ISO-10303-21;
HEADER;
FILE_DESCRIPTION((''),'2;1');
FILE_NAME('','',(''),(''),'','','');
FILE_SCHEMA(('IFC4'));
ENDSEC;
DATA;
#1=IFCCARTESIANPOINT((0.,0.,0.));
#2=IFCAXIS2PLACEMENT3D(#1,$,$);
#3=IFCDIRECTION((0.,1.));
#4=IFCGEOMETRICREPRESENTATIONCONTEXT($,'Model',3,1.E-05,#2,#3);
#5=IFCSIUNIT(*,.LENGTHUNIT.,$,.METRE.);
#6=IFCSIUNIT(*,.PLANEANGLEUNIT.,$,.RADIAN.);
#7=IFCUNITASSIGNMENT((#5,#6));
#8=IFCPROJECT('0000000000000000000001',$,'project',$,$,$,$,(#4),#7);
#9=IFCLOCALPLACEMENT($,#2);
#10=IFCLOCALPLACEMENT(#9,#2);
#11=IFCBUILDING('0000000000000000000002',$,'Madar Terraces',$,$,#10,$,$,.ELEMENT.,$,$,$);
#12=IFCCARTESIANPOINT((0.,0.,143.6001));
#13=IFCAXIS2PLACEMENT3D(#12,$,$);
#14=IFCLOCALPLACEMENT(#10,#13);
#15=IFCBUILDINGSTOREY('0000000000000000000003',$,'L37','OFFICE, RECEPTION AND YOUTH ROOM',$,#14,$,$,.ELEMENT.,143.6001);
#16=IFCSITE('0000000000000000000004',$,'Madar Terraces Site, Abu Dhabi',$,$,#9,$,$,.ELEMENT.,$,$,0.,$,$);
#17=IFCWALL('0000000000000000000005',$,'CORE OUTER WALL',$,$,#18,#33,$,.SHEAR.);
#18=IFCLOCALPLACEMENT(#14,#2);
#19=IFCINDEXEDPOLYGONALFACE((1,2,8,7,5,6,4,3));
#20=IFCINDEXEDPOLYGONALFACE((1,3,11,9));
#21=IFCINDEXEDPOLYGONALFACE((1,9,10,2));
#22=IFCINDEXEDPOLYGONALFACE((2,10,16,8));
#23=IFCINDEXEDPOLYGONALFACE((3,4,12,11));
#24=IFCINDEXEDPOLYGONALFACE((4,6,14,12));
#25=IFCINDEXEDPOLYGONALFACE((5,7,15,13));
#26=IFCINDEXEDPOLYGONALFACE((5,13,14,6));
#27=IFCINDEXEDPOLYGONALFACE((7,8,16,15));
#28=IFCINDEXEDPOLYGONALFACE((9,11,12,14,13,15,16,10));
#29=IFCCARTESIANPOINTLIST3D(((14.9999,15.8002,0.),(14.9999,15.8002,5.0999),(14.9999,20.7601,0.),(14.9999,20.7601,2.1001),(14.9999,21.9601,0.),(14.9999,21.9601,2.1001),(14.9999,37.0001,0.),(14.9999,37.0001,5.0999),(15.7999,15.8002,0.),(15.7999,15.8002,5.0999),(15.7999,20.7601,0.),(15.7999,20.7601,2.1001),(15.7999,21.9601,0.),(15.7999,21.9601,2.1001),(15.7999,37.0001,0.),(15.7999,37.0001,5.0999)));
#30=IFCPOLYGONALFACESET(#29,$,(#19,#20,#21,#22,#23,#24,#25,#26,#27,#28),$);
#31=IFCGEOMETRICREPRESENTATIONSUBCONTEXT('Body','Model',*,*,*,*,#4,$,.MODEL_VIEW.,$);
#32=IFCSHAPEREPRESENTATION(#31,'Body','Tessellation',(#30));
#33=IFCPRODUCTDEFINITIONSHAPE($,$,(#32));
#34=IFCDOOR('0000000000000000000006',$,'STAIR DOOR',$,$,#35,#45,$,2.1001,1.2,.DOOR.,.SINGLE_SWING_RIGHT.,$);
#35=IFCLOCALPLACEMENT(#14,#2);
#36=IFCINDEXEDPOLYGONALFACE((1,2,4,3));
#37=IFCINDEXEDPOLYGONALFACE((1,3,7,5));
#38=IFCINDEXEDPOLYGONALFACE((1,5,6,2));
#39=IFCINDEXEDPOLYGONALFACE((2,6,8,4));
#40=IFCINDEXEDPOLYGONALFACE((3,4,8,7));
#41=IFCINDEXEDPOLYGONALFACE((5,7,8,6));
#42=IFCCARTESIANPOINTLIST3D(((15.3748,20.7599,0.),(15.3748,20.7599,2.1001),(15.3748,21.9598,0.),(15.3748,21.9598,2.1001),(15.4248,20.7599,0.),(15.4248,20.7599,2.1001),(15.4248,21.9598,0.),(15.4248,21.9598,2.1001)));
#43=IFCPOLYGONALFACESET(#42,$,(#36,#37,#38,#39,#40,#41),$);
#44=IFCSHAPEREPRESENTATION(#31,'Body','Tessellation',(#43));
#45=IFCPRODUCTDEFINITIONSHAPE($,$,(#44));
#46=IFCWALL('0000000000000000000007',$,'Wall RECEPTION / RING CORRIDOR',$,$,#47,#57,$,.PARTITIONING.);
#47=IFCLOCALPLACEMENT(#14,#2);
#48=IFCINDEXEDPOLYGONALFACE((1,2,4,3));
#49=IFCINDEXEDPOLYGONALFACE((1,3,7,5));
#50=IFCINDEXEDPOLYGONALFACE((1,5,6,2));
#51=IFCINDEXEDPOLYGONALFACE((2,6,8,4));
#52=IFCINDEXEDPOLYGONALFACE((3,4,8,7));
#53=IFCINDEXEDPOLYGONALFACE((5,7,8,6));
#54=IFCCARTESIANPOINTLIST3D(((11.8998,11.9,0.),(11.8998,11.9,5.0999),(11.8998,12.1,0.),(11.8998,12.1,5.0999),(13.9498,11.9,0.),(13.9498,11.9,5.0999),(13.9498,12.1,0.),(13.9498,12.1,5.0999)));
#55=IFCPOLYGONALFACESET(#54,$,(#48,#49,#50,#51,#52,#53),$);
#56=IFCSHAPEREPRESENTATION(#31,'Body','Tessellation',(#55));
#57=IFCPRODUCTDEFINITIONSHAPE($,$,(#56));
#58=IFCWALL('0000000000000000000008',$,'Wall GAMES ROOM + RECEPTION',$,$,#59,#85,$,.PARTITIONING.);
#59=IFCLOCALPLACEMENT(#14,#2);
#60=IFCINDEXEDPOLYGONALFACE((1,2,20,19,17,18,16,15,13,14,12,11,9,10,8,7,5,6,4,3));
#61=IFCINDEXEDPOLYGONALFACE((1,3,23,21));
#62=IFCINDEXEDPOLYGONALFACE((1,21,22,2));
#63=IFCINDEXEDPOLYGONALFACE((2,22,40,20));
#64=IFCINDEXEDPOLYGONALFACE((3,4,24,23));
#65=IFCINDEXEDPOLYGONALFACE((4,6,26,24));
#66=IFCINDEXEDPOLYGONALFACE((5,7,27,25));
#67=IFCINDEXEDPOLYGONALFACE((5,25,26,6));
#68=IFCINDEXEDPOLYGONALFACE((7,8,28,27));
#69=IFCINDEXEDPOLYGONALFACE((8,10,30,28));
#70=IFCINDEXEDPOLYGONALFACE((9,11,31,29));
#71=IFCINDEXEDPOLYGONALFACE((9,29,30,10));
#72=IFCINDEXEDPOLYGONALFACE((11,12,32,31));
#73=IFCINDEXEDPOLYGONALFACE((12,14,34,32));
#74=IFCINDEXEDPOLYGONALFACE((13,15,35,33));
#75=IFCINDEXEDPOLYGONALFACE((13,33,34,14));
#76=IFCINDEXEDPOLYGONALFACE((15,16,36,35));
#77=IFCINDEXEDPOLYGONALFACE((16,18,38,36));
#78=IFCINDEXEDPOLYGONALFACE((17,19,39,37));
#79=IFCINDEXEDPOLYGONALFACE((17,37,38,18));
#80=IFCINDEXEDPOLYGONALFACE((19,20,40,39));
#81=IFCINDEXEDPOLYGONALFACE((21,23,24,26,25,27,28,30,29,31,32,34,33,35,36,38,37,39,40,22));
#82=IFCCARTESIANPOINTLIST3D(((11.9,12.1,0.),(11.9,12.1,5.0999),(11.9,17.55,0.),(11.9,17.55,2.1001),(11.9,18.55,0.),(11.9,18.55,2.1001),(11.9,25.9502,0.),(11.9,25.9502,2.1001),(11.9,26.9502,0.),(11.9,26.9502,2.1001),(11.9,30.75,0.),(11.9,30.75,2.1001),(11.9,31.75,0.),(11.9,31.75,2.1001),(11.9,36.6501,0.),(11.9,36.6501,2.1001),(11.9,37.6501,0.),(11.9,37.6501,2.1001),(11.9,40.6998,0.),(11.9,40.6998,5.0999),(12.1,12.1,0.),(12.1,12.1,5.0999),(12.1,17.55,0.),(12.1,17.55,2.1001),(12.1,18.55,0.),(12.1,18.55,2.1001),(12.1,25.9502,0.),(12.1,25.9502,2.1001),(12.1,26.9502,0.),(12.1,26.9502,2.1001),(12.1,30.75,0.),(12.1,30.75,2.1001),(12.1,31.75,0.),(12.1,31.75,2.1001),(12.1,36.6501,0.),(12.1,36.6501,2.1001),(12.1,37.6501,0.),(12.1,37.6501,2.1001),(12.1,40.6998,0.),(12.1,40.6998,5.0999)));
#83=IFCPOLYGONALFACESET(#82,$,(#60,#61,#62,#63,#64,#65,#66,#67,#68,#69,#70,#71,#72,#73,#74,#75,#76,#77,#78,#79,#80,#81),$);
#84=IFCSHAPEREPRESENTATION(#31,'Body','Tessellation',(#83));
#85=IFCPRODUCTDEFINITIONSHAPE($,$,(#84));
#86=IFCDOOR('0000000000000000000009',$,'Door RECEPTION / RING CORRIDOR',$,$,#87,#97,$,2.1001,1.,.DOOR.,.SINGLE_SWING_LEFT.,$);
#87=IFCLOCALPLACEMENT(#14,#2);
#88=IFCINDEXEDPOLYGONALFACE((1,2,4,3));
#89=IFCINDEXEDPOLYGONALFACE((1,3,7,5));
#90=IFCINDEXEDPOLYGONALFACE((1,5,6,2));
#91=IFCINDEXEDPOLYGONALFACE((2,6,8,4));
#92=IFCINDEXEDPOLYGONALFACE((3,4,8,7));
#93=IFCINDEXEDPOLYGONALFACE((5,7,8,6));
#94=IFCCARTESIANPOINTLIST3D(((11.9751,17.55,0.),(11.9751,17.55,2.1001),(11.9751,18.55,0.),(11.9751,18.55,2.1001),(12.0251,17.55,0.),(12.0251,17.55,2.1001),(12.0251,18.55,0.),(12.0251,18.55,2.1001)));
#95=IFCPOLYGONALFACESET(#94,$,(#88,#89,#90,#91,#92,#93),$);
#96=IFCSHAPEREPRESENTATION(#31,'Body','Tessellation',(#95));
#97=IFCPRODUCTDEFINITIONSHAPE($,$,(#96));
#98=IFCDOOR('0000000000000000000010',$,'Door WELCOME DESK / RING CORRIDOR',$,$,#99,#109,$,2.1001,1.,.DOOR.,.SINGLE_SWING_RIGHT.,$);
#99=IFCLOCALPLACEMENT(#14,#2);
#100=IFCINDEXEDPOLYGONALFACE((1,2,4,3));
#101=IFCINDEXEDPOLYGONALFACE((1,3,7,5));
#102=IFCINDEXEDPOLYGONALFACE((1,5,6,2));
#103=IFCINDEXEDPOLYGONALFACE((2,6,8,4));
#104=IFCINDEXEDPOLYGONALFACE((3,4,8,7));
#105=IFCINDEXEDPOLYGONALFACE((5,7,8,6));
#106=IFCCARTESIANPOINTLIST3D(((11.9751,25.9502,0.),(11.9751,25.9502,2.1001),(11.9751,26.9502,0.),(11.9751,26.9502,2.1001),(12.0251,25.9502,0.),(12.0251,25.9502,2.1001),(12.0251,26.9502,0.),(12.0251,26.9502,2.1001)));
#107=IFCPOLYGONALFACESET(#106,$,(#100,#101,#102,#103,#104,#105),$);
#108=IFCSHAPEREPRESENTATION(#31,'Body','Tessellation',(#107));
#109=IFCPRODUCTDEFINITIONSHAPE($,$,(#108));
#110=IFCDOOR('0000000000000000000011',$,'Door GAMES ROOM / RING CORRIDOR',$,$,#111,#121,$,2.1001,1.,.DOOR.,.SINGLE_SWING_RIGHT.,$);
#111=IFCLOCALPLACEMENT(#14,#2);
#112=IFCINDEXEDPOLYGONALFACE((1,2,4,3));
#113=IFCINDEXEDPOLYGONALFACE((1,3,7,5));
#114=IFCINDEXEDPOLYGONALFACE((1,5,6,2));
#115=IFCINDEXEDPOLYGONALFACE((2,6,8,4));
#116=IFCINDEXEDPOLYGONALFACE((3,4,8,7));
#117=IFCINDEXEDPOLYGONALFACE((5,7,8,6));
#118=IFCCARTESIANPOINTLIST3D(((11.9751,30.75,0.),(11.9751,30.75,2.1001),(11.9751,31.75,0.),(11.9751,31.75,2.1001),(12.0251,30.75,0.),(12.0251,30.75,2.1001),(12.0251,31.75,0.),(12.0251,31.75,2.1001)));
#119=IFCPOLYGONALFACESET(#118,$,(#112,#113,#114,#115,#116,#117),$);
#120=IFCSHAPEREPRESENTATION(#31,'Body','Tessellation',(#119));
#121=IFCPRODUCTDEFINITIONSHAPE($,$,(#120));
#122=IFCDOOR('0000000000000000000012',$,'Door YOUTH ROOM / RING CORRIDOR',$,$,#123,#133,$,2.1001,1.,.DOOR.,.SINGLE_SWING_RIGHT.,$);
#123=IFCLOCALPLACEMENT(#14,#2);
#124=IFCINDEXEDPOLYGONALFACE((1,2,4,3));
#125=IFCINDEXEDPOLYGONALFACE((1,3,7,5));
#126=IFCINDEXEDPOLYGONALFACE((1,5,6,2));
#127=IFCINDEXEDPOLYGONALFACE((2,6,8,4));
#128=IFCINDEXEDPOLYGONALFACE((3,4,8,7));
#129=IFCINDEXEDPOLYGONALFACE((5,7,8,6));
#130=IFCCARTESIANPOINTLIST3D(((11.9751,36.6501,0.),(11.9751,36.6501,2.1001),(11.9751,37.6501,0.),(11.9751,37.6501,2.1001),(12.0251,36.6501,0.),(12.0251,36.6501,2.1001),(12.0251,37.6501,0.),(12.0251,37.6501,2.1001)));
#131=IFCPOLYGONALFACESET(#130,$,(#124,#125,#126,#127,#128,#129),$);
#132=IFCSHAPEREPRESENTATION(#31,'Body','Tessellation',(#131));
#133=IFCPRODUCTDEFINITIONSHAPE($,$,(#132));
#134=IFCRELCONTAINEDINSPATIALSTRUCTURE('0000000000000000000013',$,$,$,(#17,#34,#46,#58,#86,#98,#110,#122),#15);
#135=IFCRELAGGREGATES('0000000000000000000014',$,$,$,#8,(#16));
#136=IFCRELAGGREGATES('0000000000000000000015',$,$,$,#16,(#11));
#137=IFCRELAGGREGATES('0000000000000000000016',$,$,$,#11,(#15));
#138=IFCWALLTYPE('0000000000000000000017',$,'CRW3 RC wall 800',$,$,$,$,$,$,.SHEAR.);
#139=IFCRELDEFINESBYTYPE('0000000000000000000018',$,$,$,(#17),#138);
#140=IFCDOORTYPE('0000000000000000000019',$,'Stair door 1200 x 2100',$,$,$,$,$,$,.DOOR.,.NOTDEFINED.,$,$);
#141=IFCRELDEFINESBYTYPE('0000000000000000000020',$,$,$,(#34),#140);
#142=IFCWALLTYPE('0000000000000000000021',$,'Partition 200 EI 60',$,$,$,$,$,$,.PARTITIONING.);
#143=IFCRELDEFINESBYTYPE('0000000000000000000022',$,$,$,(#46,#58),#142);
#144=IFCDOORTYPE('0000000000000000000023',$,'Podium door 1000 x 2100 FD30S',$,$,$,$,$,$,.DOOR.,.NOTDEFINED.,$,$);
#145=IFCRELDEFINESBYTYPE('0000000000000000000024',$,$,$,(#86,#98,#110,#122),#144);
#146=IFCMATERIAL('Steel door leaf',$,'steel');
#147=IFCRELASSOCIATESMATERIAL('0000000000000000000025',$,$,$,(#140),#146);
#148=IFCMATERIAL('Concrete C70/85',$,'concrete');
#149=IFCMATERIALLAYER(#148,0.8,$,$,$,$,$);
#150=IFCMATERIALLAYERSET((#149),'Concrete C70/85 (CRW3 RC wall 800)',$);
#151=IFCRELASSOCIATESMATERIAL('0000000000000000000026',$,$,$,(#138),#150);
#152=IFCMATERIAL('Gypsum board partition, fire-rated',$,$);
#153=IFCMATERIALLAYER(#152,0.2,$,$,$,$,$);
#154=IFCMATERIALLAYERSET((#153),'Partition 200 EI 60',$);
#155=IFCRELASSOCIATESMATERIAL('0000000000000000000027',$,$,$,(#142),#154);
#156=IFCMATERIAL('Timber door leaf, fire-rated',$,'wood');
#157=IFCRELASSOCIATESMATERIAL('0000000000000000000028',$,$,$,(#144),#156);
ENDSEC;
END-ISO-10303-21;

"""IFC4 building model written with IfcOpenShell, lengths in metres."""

from ifc_helpers import new_model, si_unit, direction, frame, frame_2d, origin, place, context, subcontext, project, spatial, rectangle, extrude, material, layer, layer_set, type_object, element, fill, save


model = new_model("IFC4")

# Units and contexts
model_context = context("Model", 3, precision=1e-05, world=origin(), true_north=direction((0.0, 1.0)))
body_context = subcontext(model_context, "Body", "Model", "MODEL_VIEW")
ifc_project = project(units=[si_unit("LENGTHUNIT", "METRE"), si_unit("PLANEANGLEUNIT", "RADIAN")], contexts=[model_context])

# Site, building, storey
site_placement = place(None, origin())
site = spatial("IfcSite", under=ifc_project, at=site_placement, Name="Madar Terraces Site, Abu Dhabi", CompositionType="ELEMENT", RefElevation=0.0)
building_placement = place(site_placement, origin())
building = spatial("IfcBuilding", under=site, at=building_placement, Name="Madar Terraces", CompositionType="ELEMENT")
storey_placement = place(building_placement, frame((0.0, 0.0, 143.6001)))
storey = spatial("IfcBuildingStorey", under=building, at=storey_placement, Name="L37", Description="OFFICE, RECEPTION AND YOUTH ROOM", CompositionType="ELEMENT", Elevation=143.6001)

# Shared definitions
ifc_material_1 = material(Name="Steel door leaf", Category="steel")
door_type_1 = type_object("IfcDoorType", Name="Stair door 1200 x 2100", OperationType="NOTDEFINED", PredefinedType="DOOR", material=ifc_material_1)

# Wall, opening, door
ifc_material_2 = material(Name="Concrete C70/85", Category="concrete")
ifc_layer_1 = layer(ifc_material_2, 0.8)
ifc_layer_set_1 = layer_set([ifc_layer_1], Name="Concrete C70/85 (CRW3 RC wall 800)")
wall_type_1 = type_object("IfcWallType", Name="CRW3 RC wall 800", PredefinedType="SHEAR", material=ifc_layer_set_1)
wall_1_placement = place(storey_placement, frame((15.3999, 15.8, 0.0), z_axis=(0.0, 0.0, 1.0), x_axis=(0.0, 1.0, 0.0)))
wall_1 = element("IfcWall", 1, at=wall_1_placement, inside=storey, type_object=wall_type_1, Name="CORE OUTER WALL", PredefinedType="SHEAR", context=body_context, shape_type="SweptSolid", body=[
    extrude(rectangle(XDim=21.2, YDim=0.8, at=frame_2d((10.6001, 0.0))), origin(), (0.0, 0.0, 1.0), 5.0999),
])
opening_1_placement = place(wall_1_placement, frame((4.96, 0.0, 0.0)))
opening_1 = element("IfcOpeningElement", 2, at=opening_1_placement, cuts=wall_1, PredefinedType="OPENING", context=body_context, shape_type="SweptSolid", body=[
    extrude(rectangle(XDim=1.2, YDim=2.1001, at=frame_2d((0.6001, 1.05))), frame((0.0, 0.4099, 0.0), z_axis=(0.0, -1.0, 0.0), x_axis=(1.0, 0.0, 0.0)), (0.0, 0.0, 1.0), 0.8201),
])
door_1_placement = place(opening_1_placement, frame((1.2, 0.0, 0.0), z_axis=(0.0, 0.0, 1.0), x_axis=(-1.0, 0.0, 0.0)))
door_1 = element("IfcDoor", 3, at=door_1_placement, inside=storey, type_object=door_type_1, Name="STAIR DOOR", OperationType="SINGLE_SWING_RIGHT", OverallHeight=2.1001, OverallWidth=1.2, PredefinedType="DOOR", context=body_context, shape_type="SweptSolid", body=[
    extrude(rectangle(XDim=1.2, YDim=2.1001, at=frame_2d((0.6001, 1.05))), frame((0.0, 0.0249, 0.0), z_axis=(0.0, -1.0, 0.0), x_axis=(1.0, 0.0, 0.0)), (0.0, 0.0, 1.0), 0.05),
])
fill(opening_1, door_1)

# Wall
ifc_material_3 = material(Name="Gypsum board partition, fire-rated")
ifc_layer_2 = layer(ifc_material_3, 0.2)
ifc_layer_set_2 = layer_set([ifc_layer_2], Name="Partition 200 EI 60")
wall_type_2 = type_object("IfcWallType", Name="Partition 200 EI 60", PredefinedType="PARTITIONING", material=ifc_layer_set_2)
wall_2_placement = place(storey_placement, frame((11.8999, 12.0, 0.0), z_axis=(0.0, 0.0, 1.0), x_axis=(1.0, 0.0, 0.0)))
element("IfcWall", 4, at=wall_2_placement, inside=storey, type_object=wall_type_2, Name="Wall RECEPTION / RING CORRIDOR", PredefinedType="PARTITIONING", context=body_context, shape_type="SweptSolid", body=[
    extrude(rectangle(XDim=2.05, YDim=0.2, at=frame_2d((1.0249, 0.0))), origin(), (0.0, 0.0, 1.0), 5.0999),
])

# Wall, openings, doors
wall_3_placement = place(storey_placement, frame((12.0, 12.1001, 0.0), z_axis=(0.0, 0.0, 1.0), x_axis=(0.0, 1.0, 0.0)))
wall_3 = element("IfcWall", 5, at=wall_3_placement, inside=storey, type_object=wall_type_2, Name="Wall GAMES ROOM + RECEPTION", PredefinedType="PARTITIONING", context=body_context, shape_type="SweptSolid", body=[
    extrude(rectangle(XDim=28.5999, YDim=0.2, at=frame_2d((14.2998, 0.0))), origin(), (0.0, 0.0, 1.0), 5.0999),
])
opening_2_placement = place(wall_3_placement, frame((5.45, 0.0, 0.0)))
opening_2 = element("IfcOpeningElement", 6, at=opening_2_placement, cuts=wall_3, PredefinedType="OPENING", context=body_context, shape_type="SweptSolid", body=[
    extrude(rectangle(XDim=1.0, YDim=2.1001, at=frame_2d((0.5, 1.05))), frame((0.0, 0.1099, 0.0), z_axis=(0.0, -1.0, 0.0), x_axis=(1.0, 0.0, 0.0)), (0.0, 0.0, 1.0), 0.22),
])
opening_3_placement = place(wall_3_placement, frame((13.8501, 0.0, 0.0)))
opening_3 = element("IfcOpeningElement", 7, at=opening_3_placement, cuts=wall_3, PredefinedType="OPENING", context=body_context, shape_type="SweptSolid", body=[
    extrude(rectangle(XDim=1.0, YDim=2.1001, at=frame_2d((0.5, 1.05))), frame((0.0, 0.1099, 0.0), z_axis=(0.0, -1.0, 0.0), x_axis=(1.0, 0.0, 0.0)), (0.0, 0.0, 1.0), 0.22),
])
opening_4_placement = place(wall_3_placement, frame((18.6499, 0.0, 0.0)))
opening_4 = element("IfcOpeningElement", 8, at=opening_4_placement, cuts=wall_3, PredefinedType="OPENING", context=body_context, shape_type="SweptSolid", body=[
    extrude(rectangle(XDim=1.0, YDim=2.1001, at=frame_2d((0.5, 1.05))), frame((0.0, 0.1099, 0.0), z_axis=(0.0, -1.0, 0.0), x_axis=(1.0, 0.0, 0.0)), (0.0, 0.0, 1.0), 0.22),
])
opening_5_placement = place(wall_3_placement, frame((24.55, 0.0, 0.0)))
opening_5 = element("IfcOpeningElement", 9, at=opening_5_placement, cuts=wall_3, PredefinedType="OPENING", context=body_context, shape_type="SweptSolid", body=[
    extrude(rectangle(XDim=1.0, YDim=2.1001, at=frame_2d((0.5, 1.05))), frame((0.0, 0.1099, 0.0), z_axis=(0.0, -1.0, 0.0), x_axis=(1.0, 0.0, 0.0)), (0.0, 0.0, 1.0), 0.22),
])
ifc_material_4 = material(Name="Timber door leaf, fire-rated", Category="wood")
door_type_2 = type_object("IfcDoorType", Name="Podium door 1000 x 2100 FD30S", OperationType="NOTDEFINED", PredefinedType="DOOR", material=ifc_material_4)
door_2_placement = place(opening_2_placement, origin())
door_2 = element("IfcDoor", 10, at=door_2_placement, inside=storey, type_object=door_type_2, Name="Door RECEPTION / RING CORRIDOR", OperationType="SINGLE_SWING_LEFT", OverallHeight=2.1001, OverallWidth=1.0, PredefinedType="DOOR", context=body_context, shape_type="SweptSolid", body=[
    extrude(rectangle(XDim=1.0, YDim=2.1001, at=frame_2d((0.5, 1.05))), frame((0.0, 0.0249, 0.0), z_axis=(0.0, -1.0, 0.0), x_axis=(1.0, 0.0, 0.0)), (0.0, 0.0, 1.0), 0.05),
])
fill(opening_2, door_2)
door_3_placement = place(opening_3_placement, origin())
door_3 = element("IfcDoor", 11, at=door_3_placement, inside=storey, type_object=door_type_2, Name="Door WELCOME DESK / RING CORRIDOR", OperationType="SINGLE_SWING_RIGHT", OverallHeight=2.1001, OverallWidth=1.0, PredefinedType="DOOR", context=body_context, shape_type="SweptSolid", body=[
    extrude(rectangle(XDim=1.0, YDim=2.1001, at=frame_2d((0.5, 1.05))), frame((0.0, 0.0249, 0.0), z_axis=(0.0, -1.0, 0.0), x_axis=(1.0, 0.0, 0.0)), (0.0, 0.0, 1.0), 0.05),
])
fill(opening_3, door_3)
door_4_placement = place(opening_4_placement, origin())
door_4 = element("IfcDoor", 12, at=door_4_placement, inside=storey, type_object=door_type_2, Name="Door GAMES ROOM / RING CORRIDOR", OperationType="SINGLE_SWING_RIGHT", OverallHeight=2.1001, OverallWidth=1.0, PredefinedType="DOOR", context=body_context, shape_type="SweptSolid", body=[
    extrude(rectangle(XDim=1.0, YDim=2.1001, at=frame_2d((0.5, 1.05))), frame((0.0, 0.0249, 0.0), z_axis=(0.0, -1.0, 0.0), x_axis=(1.0, 0.0, 0.0)), (0.0, 0.0, 1.0), 0.05),
])
fill(opening_4, door_4)
door_5_placement = place(opening_5_placement, origin())
door_5 = element("IfcDoor", 13, at=door_5_placement, inside=storey, type_object=door_type_2, Name="Door YOUTH ROOM / RING CORRIDOR", OperationType="SINGLE_SWING_RIGHT", OverallHeight=2.1001, OverallWidth=1.0, PredefinedType="DOOR", context=body_context, shape_type="SweptSolid", body=[
    extrude(rectangle(XDim=1.0, YDim=2.1001, at=frame_2d((0.5, 1.05))), frame((0.0, 0.0249, 0.0), z_axis=(0.0, -1.0, 0.0), x_axis=(1.0, 0.0, 0.0)), (0.0, 0.0, 1.0), 0.05),
])
fill(opening_5, door_5)

save(model, "model.ifc")
